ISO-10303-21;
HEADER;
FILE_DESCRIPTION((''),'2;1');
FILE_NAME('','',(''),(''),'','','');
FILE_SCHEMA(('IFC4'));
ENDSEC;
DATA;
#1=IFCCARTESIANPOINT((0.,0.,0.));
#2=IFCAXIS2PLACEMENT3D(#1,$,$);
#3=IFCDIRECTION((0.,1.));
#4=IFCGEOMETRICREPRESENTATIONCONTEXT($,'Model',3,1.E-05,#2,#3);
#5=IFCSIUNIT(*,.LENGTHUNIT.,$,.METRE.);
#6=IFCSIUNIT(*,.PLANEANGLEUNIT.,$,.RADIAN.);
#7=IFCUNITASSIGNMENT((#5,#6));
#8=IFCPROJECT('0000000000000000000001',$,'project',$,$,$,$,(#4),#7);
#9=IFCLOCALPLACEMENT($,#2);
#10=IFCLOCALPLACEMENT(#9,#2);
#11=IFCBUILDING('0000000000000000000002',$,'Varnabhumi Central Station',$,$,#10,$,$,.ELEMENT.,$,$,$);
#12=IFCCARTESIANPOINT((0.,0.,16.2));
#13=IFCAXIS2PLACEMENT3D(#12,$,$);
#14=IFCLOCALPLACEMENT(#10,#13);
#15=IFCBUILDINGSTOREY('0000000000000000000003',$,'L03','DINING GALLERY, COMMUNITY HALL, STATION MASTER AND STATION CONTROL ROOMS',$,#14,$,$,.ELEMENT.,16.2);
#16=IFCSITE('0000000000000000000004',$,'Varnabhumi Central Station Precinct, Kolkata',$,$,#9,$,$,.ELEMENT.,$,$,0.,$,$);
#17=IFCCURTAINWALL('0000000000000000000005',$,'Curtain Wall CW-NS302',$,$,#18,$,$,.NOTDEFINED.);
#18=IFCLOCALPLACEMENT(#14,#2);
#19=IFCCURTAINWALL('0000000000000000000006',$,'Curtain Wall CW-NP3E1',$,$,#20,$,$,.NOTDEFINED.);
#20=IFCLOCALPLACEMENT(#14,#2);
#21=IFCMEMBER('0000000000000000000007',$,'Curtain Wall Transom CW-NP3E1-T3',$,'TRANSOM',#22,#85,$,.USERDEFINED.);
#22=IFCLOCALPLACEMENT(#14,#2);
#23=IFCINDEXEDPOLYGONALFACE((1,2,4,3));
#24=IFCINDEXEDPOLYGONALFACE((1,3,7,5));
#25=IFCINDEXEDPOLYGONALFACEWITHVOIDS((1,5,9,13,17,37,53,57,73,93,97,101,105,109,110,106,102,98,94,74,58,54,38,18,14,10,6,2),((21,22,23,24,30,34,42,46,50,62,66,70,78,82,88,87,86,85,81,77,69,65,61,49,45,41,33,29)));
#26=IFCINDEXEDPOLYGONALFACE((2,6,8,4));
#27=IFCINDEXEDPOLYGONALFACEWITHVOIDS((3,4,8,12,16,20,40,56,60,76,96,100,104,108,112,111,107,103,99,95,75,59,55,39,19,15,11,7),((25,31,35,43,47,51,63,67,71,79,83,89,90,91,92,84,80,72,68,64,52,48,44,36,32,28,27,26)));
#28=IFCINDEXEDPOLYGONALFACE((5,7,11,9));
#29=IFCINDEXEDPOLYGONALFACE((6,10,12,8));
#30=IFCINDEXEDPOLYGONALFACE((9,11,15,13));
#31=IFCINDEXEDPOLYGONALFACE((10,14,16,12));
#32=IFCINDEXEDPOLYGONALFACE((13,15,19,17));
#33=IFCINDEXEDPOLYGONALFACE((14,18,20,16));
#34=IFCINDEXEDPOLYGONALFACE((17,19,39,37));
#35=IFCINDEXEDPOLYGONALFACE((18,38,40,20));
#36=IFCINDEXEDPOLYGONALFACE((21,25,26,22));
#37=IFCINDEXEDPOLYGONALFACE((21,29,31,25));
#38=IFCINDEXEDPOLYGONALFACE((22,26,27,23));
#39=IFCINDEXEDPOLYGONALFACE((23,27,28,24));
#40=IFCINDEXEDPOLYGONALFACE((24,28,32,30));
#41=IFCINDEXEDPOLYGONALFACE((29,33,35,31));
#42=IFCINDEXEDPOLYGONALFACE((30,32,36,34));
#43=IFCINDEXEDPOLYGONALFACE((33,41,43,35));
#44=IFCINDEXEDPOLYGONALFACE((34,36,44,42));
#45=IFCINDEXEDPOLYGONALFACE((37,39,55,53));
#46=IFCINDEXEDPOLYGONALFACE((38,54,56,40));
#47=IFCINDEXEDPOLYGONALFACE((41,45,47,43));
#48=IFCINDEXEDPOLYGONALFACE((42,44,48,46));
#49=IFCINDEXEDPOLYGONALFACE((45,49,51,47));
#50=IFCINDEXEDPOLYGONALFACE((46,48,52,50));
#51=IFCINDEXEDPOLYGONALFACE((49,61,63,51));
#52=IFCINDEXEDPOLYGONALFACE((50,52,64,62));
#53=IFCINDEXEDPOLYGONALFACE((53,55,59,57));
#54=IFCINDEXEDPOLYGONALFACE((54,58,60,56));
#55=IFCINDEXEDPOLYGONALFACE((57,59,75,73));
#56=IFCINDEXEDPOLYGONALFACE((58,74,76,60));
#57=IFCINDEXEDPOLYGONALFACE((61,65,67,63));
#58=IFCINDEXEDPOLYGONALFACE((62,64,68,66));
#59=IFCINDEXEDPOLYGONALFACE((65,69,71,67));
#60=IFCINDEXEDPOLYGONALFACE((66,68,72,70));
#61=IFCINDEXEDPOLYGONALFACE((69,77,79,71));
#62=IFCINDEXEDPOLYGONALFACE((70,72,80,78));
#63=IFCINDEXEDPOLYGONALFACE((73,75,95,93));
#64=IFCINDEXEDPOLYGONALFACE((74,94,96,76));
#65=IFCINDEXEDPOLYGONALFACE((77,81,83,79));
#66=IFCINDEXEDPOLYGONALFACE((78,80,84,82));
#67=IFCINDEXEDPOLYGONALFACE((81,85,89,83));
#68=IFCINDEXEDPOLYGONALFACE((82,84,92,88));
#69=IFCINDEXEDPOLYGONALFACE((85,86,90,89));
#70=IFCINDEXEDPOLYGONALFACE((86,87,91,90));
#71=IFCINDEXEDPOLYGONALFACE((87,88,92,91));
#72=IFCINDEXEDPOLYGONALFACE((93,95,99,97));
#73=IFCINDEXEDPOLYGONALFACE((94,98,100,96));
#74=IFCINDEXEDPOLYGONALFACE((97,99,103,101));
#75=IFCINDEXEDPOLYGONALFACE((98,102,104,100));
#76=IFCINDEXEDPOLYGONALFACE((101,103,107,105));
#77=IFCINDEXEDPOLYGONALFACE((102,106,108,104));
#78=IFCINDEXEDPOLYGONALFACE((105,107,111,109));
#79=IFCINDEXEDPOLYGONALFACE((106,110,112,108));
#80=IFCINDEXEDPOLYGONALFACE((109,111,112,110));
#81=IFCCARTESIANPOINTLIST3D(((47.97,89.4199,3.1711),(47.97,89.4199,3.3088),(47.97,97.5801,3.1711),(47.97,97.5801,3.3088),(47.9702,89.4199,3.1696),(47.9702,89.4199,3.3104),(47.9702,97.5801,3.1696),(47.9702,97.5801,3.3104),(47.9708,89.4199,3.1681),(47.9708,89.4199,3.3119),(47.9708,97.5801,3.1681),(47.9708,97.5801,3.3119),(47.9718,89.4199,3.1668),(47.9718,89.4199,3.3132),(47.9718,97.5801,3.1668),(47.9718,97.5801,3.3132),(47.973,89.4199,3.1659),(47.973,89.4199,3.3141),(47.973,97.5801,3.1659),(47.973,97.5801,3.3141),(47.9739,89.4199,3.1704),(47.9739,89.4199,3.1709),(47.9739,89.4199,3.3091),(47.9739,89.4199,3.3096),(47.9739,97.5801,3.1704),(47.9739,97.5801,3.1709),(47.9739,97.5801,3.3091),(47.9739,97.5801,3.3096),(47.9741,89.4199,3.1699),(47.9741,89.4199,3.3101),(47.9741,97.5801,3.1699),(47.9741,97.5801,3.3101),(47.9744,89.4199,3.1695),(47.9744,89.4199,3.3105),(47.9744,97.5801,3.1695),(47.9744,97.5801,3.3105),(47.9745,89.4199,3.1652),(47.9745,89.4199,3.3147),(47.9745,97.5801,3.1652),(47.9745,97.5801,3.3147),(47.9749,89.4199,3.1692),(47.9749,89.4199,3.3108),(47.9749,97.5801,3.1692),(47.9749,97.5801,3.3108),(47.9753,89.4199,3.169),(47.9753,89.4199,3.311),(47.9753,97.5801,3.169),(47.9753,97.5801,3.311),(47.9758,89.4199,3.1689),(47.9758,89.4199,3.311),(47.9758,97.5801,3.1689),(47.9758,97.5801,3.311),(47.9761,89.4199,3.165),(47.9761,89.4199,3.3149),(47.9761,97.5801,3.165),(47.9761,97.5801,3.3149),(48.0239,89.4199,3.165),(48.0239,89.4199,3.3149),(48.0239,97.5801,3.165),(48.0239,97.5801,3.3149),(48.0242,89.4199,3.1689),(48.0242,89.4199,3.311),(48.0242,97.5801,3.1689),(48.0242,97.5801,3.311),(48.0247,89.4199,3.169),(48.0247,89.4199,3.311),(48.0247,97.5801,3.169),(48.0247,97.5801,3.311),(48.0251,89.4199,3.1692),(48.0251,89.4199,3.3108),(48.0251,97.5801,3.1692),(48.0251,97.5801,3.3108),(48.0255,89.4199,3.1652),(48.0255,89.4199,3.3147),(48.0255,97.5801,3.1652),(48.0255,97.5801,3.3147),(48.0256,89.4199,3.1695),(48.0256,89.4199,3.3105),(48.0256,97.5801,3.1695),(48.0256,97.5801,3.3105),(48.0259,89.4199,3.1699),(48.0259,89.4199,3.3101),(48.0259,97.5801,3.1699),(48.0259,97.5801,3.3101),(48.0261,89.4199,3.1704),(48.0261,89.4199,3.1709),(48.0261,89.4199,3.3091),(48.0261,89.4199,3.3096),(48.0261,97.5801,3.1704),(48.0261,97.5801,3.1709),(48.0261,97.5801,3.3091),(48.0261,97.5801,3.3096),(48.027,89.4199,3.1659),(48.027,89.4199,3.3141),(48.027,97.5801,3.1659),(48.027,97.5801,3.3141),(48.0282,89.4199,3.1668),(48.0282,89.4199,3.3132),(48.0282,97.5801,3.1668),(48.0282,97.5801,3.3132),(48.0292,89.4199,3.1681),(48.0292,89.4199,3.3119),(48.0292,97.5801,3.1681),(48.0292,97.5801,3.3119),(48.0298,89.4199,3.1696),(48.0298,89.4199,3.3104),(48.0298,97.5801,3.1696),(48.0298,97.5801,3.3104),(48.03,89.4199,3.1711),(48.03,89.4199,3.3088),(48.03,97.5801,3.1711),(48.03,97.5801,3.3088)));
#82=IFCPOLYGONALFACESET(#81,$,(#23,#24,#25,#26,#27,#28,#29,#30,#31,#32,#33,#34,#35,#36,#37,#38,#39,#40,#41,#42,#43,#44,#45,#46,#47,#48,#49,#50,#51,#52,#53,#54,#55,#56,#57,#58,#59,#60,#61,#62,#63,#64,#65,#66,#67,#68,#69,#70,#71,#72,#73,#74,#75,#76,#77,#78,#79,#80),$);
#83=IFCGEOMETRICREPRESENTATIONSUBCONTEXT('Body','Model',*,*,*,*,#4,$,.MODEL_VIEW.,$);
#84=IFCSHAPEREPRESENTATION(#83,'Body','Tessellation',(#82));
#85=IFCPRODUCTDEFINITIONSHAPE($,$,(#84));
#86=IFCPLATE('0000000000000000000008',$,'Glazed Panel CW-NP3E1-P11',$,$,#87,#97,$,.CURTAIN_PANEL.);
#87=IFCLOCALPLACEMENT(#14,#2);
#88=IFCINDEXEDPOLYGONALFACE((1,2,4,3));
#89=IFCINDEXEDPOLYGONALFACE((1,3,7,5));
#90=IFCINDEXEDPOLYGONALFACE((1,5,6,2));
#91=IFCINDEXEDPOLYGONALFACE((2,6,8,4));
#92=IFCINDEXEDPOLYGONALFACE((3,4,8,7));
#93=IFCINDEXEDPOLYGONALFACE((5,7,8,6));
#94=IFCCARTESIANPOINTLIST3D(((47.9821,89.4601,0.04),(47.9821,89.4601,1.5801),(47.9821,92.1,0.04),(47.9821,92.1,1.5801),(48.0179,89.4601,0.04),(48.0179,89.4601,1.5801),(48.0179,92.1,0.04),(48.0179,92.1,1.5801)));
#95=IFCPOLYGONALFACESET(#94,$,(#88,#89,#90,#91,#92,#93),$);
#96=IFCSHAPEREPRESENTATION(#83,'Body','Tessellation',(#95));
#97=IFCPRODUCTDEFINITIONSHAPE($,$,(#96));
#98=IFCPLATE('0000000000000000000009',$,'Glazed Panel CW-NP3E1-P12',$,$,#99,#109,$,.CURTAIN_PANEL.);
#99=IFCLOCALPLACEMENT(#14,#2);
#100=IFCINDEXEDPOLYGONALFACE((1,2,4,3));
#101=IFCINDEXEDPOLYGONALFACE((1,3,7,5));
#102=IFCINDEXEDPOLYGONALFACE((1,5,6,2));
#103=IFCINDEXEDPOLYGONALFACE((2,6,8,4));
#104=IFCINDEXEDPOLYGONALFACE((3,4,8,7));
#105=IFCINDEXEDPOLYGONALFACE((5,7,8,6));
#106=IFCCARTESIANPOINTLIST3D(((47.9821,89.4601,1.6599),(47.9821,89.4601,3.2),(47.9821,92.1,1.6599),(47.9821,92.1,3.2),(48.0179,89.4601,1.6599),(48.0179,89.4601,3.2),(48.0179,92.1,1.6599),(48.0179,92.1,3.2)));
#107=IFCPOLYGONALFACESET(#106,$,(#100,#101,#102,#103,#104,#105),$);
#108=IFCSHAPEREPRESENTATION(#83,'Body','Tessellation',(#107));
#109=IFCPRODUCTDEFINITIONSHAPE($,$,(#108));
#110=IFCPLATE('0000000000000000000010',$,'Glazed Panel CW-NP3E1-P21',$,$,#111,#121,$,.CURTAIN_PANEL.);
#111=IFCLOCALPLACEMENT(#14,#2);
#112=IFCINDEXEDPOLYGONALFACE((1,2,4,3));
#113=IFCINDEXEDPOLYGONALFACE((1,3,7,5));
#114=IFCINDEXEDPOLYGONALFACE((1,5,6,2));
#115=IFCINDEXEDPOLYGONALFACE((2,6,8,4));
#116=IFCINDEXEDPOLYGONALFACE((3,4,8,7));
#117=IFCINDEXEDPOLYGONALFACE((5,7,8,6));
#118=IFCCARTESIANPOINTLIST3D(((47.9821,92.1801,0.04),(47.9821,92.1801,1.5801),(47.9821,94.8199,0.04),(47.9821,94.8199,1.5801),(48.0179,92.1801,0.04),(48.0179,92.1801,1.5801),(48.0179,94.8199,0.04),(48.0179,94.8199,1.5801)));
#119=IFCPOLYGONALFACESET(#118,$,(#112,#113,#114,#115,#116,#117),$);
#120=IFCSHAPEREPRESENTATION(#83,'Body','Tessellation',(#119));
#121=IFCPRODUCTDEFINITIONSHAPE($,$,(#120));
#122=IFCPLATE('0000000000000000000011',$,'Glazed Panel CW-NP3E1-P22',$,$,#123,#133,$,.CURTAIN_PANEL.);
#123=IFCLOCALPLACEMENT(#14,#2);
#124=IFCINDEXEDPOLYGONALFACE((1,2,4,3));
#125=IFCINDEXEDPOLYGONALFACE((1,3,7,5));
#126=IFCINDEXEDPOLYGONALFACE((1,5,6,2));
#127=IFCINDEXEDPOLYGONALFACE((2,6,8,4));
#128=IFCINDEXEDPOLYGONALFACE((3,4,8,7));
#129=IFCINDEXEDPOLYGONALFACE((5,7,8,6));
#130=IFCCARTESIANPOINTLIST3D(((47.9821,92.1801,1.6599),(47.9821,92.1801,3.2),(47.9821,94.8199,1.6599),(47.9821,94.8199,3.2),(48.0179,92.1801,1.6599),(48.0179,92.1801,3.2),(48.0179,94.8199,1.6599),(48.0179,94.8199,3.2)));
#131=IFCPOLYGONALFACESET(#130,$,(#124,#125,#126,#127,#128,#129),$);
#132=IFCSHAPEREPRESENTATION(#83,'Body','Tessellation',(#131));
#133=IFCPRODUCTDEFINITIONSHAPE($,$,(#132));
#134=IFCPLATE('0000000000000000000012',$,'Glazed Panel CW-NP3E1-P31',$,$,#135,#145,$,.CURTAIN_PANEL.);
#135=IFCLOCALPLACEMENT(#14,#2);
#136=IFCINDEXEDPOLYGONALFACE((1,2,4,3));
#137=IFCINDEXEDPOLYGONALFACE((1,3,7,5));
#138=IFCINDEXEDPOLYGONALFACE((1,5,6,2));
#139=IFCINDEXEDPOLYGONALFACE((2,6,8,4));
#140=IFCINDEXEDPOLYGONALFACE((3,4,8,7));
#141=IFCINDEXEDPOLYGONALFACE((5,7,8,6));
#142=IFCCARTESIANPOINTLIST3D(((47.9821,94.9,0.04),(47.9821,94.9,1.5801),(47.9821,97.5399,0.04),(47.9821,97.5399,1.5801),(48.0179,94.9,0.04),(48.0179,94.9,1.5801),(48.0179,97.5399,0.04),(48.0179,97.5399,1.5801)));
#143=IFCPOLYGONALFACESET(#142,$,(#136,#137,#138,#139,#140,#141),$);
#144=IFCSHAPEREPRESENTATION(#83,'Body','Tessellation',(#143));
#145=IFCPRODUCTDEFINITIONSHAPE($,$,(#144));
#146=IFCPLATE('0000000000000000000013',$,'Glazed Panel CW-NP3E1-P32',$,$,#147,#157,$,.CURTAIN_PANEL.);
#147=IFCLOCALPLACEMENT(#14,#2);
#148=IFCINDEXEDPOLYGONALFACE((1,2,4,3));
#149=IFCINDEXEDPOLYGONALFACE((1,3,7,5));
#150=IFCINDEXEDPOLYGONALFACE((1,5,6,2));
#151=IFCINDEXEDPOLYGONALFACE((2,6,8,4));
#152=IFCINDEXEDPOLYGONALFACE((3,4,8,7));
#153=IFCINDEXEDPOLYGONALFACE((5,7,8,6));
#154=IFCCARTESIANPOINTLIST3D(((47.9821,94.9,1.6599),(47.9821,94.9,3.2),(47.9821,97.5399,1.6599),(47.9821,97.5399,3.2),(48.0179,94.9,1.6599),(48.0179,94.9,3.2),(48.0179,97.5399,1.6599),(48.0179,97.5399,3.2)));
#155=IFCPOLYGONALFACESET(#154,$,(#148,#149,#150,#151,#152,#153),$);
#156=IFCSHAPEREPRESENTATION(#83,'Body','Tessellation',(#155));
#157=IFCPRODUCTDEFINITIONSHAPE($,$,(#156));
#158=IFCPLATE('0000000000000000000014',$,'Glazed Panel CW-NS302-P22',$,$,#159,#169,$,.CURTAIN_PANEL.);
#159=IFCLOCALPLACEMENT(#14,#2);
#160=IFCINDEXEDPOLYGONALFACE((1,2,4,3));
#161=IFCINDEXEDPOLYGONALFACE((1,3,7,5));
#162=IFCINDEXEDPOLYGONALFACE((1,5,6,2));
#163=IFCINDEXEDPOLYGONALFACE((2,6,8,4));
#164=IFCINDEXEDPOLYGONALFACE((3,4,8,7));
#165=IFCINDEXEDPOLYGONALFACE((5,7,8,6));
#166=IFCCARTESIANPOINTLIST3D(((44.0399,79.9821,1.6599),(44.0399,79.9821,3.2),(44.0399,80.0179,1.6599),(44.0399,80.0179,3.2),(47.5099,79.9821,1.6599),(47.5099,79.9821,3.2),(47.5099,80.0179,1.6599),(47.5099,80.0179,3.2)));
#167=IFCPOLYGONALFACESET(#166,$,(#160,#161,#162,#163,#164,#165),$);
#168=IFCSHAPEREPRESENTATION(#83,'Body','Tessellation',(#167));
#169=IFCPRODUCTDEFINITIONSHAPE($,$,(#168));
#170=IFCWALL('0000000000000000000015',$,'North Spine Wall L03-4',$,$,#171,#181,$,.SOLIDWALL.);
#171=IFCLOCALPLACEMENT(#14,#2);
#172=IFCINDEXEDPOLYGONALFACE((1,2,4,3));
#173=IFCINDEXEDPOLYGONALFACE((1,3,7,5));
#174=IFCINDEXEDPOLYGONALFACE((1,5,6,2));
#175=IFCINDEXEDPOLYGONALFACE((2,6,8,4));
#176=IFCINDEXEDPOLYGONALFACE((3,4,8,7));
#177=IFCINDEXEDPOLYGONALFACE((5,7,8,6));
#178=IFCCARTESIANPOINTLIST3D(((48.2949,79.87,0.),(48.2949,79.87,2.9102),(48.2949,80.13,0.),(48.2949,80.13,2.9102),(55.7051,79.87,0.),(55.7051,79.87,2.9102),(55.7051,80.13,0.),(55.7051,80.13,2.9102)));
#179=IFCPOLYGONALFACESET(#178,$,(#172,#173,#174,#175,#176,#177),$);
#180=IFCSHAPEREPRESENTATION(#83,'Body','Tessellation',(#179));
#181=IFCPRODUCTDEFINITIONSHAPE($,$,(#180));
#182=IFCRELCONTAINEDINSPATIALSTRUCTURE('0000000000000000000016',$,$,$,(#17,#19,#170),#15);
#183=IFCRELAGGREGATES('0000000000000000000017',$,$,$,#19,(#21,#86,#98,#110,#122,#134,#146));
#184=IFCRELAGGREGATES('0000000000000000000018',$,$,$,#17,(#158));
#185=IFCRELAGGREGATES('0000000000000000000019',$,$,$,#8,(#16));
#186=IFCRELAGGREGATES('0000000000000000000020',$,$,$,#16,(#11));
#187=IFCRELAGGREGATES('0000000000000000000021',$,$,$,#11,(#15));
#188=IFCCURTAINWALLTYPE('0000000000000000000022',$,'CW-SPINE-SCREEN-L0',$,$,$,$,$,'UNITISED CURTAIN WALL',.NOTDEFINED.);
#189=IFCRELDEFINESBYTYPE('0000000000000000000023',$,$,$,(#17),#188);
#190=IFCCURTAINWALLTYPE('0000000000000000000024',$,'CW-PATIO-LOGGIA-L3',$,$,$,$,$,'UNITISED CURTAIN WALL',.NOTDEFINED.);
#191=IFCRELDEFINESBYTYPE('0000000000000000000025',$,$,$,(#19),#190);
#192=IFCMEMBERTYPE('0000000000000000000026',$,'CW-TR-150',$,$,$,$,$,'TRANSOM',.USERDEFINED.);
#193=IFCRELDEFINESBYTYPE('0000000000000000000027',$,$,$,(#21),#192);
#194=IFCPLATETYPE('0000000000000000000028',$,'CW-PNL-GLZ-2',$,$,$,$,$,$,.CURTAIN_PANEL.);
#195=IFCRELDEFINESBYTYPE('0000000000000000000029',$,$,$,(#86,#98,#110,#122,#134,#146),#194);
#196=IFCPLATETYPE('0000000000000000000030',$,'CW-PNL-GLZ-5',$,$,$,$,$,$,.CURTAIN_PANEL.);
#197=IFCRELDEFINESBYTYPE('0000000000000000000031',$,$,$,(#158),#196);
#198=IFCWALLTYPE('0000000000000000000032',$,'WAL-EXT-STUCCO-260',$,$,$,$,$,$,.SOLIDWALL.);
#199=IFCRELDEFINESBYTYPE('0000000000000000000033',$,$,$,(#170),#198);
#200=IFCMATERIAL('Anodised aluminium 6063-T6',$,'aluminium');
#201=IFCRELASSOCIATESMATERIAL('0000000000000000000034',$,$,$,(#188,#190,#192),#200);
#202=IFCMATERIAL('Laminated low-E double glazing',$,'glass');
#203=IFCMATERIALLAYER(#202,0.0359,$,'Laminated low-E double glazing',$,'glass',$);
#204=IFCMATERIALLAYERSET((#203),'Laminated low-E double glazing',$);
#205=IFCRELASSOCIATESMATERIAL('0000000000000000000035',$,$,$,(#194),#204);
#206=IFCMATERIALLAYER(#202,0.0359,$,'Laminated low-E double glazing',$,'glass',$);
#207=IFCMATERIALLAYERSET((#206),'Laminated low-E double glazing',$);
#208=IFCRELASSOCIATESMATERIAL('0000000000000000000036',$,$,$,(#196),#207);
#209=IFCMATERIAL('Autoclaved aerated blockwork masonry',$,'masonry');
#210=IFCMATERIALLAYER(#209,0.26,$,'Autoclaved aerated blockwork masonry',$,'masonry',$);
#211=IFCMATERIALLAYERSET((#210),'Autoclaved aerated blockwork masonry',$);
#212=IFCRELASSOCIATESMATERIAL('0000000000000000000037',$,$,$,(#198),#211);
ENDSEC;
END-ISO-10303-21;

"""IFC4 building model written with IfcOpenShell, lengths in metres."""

from ifc_helpers import new_model, si_unit, direction, frame, frame_2d, origin, origin_2d, place, context, subcontext, project, spatial, rectangle, hollow_rectangle, extrude, material, layer, layer_set, material_profile, profile_set, type_object, element, aggregate, save


model = new_model("IFC4")

# Units and contexts
model_context = context("Model", 3, precision=1e-05, world=origin(), true_north=direction((0.0, 1.0)))
body_context = subcontext(model_context, "Body", "Model", "MODEL_VIEW")
ifc_project = project(units=[si_unit("LENGTHUNIT", "METRE"), si_unit("PLANEANGLEUNIT", "RADIAN")], contexts=[model_context])

# Site, building, storey
site_placement = place(None, origin())
site = spatial("IfcSite", under=ifc_project, at=site_placement, Name="Varnabhumi Central Station Precinct, Kolkata", CompositionType="ELEMENT", RefElevation=0.0)
building_placement = place(site_placement, origin())
building = spatial("IfcBuilding", under=site, at=building_placement, Name="Varnabhumi Central Station", CompositionType="ELEMENT")
storey_placement = place(building_placement, frame((0.0, 0.0, 16.2)))
storey = spatial("IfcBuildingStorey", under=building, at=storey_placement, Name="L03", Description="DINING GALLERY, COMMUNITY HALL, STATION MASTER AND STATION CONTROL ROOMS", CompositionType="ELEMENT", Elevation=16.2)

# Curtain wall
ifc_material_1 = material(Name="Anodised aluminium 6063-T6", Category="aluminium")
curtain_wall_type_1 = type_object("IfcCurtainWallType", Name="CW-SPINE-SCREEN-L0", ElementType="UNITISED CURTAIN WALL", PredefinedType="NOTDEFINED", material=ifc_material_1)
curtain_wall_1_placement = place(storey_placement, origin())
curtain_wall_1 = element("IfcCurtainWall", 1, at=curtain_wall_1_placement, inside=storey, type_object=curtain_wall_type_1, Name="Curtain Wall CW-NS302", PredefinedType="NOTDEFINED")

# Curtain wall
curtain_wall_type_2 = type_object("IfcCurtainWallType", Name="CW-PATIO-LOGGIA-L3", ElementType="UNITISED CURTAIN WALL", PredefinedType="NOTDEFINED", material=ifc_material_1)
curtain_wall_2_placement = place(storey_placement, origin())
curtain_wall_2 = element("IfcCurtainWall", 2, at=curtain_wall_2_placement, inside=storey, type_object=curtain_wall_type_2, Name="Curtain Wall CW-NP3E1", PredefinedType="NOTDEFINED")

# Member
ifc_material_profile_1 = material_profile(ifc_material_1, hollow_rectangle(XDim=0.0601, YDim=0.1499, WallThickness=0.0039, InnerFilletRadius=0.002, OuterFilletRadius=0.0061, at=origin_2d()), Name="Anodised aluminium 6063-T6", Category="aluminium")
ifc_profile_set_1 = profile_set([ifc_material_profile_1], Name="Anodised aluminium 6063-T6")
member_type_1 = type_object("IfcMemberType", Name="CW-TR-150", ElementType="TRANSOM", PredefinedType="USERDEFINED", material=ifc_profile_set_1)
member_1_placement = place(storey_placement, frame((48.0, 89.4199, 3.24), z_axis=(0.0, 1.0, 0.0), x_axis=(-1.0, 0.0, 0.0)))
member_1 = element("IfcMember", 3, at=member_1_placement, type_object=member_type_1, Name="Curtain Wall Transom CW-NP3E1-T3", ObjectType="TRANSOM", PredefinedType="USERDEFINED", context=body_context, shape_type="SweptSolid", body=[
    extrude(hollow_rectangle(XDim=0.0601, YDim=0.1499, WallThickness=0.0039, InnerFilletRadius=0.002, OuterFilletRadius=0.0061, at=origin_2d()), origin(), (0.0, 0.0, 1.0), 8.1602),
])

# Plates
ifc_material_2 = material(Name="Laminated low-E double glazing", Category="glass")
ifc_layer_1 = layer(ifc_material_2, 0.0359, Name="Laminated low-E double glazing", Category="glass")
ifc_layer_set_1 = layer_set([ifc_layer_1], Name="Laminated low-E double glazing")
plate_type_1 = type_object("IfcPlateType", Name="CW-PNL-GLZ-2", PredefinedType="CURTAIN_PANEL", material=ifc_layer_set_1)
plate_1_placement = place(storey_placement, frame((48.0, 90.78, 0.04), z_axis=(0.0, 0.0, 1.0), x_axis=(0.0, 1.0, 0.0)))
plate_1 = element("IfcPlate", 4, at=plate_1_placement, type_object=plate_type_1, Name="Glazed Panel CW-NP3E1-P11", PredefinedType="CURTAIN_PANEL", context=body_context, shape_type="SweptSolid", body=[
    extrude(rectangle(XDim=2.6399, YDim=0.0359, at=origin_2d()), origin(), (0.0, 0.0, 1.0), 1.54),
])
plate_2_placement = place(storey_placement, frame((48.0, 90.78, 1.6599), z_axis=(0.0, 0.0, 1.0), x_axis=(0.0, 1.0, 0.0)))
plate_2 = element("IfcPlate", 5, at=plate_2_placement, type_object=plate_type_1, Name="Glazed Panel CW-NP3E1-P12", PredefinedType="CURTAIN_PANEL", context=body_context, shape_type="SweptSolid", body=[
    extrude(rectangle(XDim=2.6399, YDim=0.0359, at=origin_2d()), origin(), (0.0, 0.0, 1.0), 1.54),
])
plate_3_placement = place(storey_placement, frame((48.0, 93.5, 0.04), z_axis=(0.0, 0.0, 1.0), x_axis=(0.0, 1.0, 0.0)))
plate_3 = element("IfcPlate", 6, at=plate_3_placement, type_object=plate_type_1, Name="Glazed Panel CW-NP3E1-P21", PredefinedType="CURTAIN_PANEL", context=body_context, shape_type="SweptSolid", body=[
    extrude(rectangle(XDim=2.6399, YDim=0.0359, at=origin_2d()), origin(), (0.0, 0.0, 1.0), 1.54),
])
plate_4_placement = place(storey_placement, frame((48.0, 93.5, 1.6599), z_axis=(0.0, 0.0, 1.0), x_axis=(0.0, 1.0, 0.0)))
plate_4 = element("IfcPlate", 7, at=plate_4_placement, type_object=plate_type_1, Name="Glazed Panel CW-NP3E1-P22", PredefinedType="CURTAIN_PANEL", context=body_context, shape_type="SweptSolid", body=[
    extrude(rectangle(XDim=2.6399, YDim=0.0359, at=origin_2d()), origin(), (0.0, 0.0, 1.0), 1.54),
])
plate_5_placement = place(storey_placement, frame((48.0, 96.22, 0.04), z_axis=(0.0, 0.0, 1.0), x_axis=(0.0, 1.0, 0.0)))
plate_5 = element("IfcPlate", 8, at=plate_5_placement, type_object=plate_type_1, Name="Glazed Panel CW-NP3E1-P31", PredefinedType="CURTAIN_PANEL", context=body_context, shape_type="SweptSolid", body=[
    extrude(rectangle(XDim=2.6399, YDim=0.0359, at=origin_2d()), origin(), (0.0, 0.0, 1.0), 1.54),
])
plate_6_placement = place(storey_placement, frame((48.0, 96.22, 1.6599), z_axis=(0.0, 0.0, 1.0), x_axis=(0.0, 1.0, 0.0)))
plate_6 = element("IfcPlate", 9, at=plate_6_placement, type_object=plate_type_1, Name="Glazed Panel CW-NP3E1-P32", PredefinedType="CURTAIN_PANEL", context=body_context, shape_type="SweptSolid", body=[
    extrude(rectangle(XDim=2.6399, YDim=0.0359, at=origin_2d()), origin(), (0.0, 0.0, 1.0), 1.54),
])
aggregate(curtain_wall_2, [member_1, plate_1, plate_2, plate_3, plate_4, plate_5, plate_6])
ifc_layer_2 = layer(ifc_material_2, 0.0359, Name="Laminated low-E double glazing", Category="glass")
ifc_layer_set_2 = layer_set([ifc_layer_2], Name="Laminated low-E double glazing")
plate_type_2 = type_object("IfcPlateType", Name="CW-PNL-GLZ-5", PredefinedType="CURTAIN_PANEL", material=ifc_layer_set_2)
plate_7_placement = place(storey_placement, frame((45.7749, 80.0, 1.6599), z_axis=(0.0, 0.0, 1.0), x_axis=(1.0, 0.0, 0.0)))
plate_7 = element("IfcPlate", 10, at=plate_7_placement, type_object=plate_type_2, Name="Glazed Panel CW-NS302-P22", PredefinedType="CURTAIN_PANEL", context=body_context, shape_type="SweptSolid", body=[
    extrude(rectangle(XDim=3.47, YDim=0.0359, at=origin_2d()), origin(), (0.0, 0.0, 1.0), 1.54),
])
aggregate(curtain_wall_1, [plate_7])

# Wall
ifc_material_3 = material(Name="Autoclaved aerated blockwork masonry", Category="masonry")
ifc_layer_3 = layer(ifc_material_3, 0.26, Name="Autoclaved aerated blockwork masonry", Category="masonry")
ifc_layer_set_3 = layer_set([ifc_layer_3], Name="Autoclaved aerated blockwork masonry")
wall_type_1 = type_object("IfcWallType", Name="WAL-EXT-STUCCO-260", PredefinedType="SOLIDWALL", material=ifc_layer_set_3)
wall_1_placement = place(storey_placement, frame((48.2949, 80.0, 0.0), z_axis=(0.0, 0.0, 1.0), x_axis=(1.0, 0.0, 0.0)))
element("IfcWall", 11, at=wall_1_placement, inside=storey, type_object=wall_type_1, Name="North Spine Wall L03-4", PredefinedType="SOLIDWALL", context=body_context, shape_type="SweptSolid", body=[
    extrude(rectangle(XDim=7.4102, YDim=0.26, at=frame_2d((3.7051, 0.0))), origin(), (0.0, 0.0, 1.0), 2.9102),
])

save(model, "model.ifc")
